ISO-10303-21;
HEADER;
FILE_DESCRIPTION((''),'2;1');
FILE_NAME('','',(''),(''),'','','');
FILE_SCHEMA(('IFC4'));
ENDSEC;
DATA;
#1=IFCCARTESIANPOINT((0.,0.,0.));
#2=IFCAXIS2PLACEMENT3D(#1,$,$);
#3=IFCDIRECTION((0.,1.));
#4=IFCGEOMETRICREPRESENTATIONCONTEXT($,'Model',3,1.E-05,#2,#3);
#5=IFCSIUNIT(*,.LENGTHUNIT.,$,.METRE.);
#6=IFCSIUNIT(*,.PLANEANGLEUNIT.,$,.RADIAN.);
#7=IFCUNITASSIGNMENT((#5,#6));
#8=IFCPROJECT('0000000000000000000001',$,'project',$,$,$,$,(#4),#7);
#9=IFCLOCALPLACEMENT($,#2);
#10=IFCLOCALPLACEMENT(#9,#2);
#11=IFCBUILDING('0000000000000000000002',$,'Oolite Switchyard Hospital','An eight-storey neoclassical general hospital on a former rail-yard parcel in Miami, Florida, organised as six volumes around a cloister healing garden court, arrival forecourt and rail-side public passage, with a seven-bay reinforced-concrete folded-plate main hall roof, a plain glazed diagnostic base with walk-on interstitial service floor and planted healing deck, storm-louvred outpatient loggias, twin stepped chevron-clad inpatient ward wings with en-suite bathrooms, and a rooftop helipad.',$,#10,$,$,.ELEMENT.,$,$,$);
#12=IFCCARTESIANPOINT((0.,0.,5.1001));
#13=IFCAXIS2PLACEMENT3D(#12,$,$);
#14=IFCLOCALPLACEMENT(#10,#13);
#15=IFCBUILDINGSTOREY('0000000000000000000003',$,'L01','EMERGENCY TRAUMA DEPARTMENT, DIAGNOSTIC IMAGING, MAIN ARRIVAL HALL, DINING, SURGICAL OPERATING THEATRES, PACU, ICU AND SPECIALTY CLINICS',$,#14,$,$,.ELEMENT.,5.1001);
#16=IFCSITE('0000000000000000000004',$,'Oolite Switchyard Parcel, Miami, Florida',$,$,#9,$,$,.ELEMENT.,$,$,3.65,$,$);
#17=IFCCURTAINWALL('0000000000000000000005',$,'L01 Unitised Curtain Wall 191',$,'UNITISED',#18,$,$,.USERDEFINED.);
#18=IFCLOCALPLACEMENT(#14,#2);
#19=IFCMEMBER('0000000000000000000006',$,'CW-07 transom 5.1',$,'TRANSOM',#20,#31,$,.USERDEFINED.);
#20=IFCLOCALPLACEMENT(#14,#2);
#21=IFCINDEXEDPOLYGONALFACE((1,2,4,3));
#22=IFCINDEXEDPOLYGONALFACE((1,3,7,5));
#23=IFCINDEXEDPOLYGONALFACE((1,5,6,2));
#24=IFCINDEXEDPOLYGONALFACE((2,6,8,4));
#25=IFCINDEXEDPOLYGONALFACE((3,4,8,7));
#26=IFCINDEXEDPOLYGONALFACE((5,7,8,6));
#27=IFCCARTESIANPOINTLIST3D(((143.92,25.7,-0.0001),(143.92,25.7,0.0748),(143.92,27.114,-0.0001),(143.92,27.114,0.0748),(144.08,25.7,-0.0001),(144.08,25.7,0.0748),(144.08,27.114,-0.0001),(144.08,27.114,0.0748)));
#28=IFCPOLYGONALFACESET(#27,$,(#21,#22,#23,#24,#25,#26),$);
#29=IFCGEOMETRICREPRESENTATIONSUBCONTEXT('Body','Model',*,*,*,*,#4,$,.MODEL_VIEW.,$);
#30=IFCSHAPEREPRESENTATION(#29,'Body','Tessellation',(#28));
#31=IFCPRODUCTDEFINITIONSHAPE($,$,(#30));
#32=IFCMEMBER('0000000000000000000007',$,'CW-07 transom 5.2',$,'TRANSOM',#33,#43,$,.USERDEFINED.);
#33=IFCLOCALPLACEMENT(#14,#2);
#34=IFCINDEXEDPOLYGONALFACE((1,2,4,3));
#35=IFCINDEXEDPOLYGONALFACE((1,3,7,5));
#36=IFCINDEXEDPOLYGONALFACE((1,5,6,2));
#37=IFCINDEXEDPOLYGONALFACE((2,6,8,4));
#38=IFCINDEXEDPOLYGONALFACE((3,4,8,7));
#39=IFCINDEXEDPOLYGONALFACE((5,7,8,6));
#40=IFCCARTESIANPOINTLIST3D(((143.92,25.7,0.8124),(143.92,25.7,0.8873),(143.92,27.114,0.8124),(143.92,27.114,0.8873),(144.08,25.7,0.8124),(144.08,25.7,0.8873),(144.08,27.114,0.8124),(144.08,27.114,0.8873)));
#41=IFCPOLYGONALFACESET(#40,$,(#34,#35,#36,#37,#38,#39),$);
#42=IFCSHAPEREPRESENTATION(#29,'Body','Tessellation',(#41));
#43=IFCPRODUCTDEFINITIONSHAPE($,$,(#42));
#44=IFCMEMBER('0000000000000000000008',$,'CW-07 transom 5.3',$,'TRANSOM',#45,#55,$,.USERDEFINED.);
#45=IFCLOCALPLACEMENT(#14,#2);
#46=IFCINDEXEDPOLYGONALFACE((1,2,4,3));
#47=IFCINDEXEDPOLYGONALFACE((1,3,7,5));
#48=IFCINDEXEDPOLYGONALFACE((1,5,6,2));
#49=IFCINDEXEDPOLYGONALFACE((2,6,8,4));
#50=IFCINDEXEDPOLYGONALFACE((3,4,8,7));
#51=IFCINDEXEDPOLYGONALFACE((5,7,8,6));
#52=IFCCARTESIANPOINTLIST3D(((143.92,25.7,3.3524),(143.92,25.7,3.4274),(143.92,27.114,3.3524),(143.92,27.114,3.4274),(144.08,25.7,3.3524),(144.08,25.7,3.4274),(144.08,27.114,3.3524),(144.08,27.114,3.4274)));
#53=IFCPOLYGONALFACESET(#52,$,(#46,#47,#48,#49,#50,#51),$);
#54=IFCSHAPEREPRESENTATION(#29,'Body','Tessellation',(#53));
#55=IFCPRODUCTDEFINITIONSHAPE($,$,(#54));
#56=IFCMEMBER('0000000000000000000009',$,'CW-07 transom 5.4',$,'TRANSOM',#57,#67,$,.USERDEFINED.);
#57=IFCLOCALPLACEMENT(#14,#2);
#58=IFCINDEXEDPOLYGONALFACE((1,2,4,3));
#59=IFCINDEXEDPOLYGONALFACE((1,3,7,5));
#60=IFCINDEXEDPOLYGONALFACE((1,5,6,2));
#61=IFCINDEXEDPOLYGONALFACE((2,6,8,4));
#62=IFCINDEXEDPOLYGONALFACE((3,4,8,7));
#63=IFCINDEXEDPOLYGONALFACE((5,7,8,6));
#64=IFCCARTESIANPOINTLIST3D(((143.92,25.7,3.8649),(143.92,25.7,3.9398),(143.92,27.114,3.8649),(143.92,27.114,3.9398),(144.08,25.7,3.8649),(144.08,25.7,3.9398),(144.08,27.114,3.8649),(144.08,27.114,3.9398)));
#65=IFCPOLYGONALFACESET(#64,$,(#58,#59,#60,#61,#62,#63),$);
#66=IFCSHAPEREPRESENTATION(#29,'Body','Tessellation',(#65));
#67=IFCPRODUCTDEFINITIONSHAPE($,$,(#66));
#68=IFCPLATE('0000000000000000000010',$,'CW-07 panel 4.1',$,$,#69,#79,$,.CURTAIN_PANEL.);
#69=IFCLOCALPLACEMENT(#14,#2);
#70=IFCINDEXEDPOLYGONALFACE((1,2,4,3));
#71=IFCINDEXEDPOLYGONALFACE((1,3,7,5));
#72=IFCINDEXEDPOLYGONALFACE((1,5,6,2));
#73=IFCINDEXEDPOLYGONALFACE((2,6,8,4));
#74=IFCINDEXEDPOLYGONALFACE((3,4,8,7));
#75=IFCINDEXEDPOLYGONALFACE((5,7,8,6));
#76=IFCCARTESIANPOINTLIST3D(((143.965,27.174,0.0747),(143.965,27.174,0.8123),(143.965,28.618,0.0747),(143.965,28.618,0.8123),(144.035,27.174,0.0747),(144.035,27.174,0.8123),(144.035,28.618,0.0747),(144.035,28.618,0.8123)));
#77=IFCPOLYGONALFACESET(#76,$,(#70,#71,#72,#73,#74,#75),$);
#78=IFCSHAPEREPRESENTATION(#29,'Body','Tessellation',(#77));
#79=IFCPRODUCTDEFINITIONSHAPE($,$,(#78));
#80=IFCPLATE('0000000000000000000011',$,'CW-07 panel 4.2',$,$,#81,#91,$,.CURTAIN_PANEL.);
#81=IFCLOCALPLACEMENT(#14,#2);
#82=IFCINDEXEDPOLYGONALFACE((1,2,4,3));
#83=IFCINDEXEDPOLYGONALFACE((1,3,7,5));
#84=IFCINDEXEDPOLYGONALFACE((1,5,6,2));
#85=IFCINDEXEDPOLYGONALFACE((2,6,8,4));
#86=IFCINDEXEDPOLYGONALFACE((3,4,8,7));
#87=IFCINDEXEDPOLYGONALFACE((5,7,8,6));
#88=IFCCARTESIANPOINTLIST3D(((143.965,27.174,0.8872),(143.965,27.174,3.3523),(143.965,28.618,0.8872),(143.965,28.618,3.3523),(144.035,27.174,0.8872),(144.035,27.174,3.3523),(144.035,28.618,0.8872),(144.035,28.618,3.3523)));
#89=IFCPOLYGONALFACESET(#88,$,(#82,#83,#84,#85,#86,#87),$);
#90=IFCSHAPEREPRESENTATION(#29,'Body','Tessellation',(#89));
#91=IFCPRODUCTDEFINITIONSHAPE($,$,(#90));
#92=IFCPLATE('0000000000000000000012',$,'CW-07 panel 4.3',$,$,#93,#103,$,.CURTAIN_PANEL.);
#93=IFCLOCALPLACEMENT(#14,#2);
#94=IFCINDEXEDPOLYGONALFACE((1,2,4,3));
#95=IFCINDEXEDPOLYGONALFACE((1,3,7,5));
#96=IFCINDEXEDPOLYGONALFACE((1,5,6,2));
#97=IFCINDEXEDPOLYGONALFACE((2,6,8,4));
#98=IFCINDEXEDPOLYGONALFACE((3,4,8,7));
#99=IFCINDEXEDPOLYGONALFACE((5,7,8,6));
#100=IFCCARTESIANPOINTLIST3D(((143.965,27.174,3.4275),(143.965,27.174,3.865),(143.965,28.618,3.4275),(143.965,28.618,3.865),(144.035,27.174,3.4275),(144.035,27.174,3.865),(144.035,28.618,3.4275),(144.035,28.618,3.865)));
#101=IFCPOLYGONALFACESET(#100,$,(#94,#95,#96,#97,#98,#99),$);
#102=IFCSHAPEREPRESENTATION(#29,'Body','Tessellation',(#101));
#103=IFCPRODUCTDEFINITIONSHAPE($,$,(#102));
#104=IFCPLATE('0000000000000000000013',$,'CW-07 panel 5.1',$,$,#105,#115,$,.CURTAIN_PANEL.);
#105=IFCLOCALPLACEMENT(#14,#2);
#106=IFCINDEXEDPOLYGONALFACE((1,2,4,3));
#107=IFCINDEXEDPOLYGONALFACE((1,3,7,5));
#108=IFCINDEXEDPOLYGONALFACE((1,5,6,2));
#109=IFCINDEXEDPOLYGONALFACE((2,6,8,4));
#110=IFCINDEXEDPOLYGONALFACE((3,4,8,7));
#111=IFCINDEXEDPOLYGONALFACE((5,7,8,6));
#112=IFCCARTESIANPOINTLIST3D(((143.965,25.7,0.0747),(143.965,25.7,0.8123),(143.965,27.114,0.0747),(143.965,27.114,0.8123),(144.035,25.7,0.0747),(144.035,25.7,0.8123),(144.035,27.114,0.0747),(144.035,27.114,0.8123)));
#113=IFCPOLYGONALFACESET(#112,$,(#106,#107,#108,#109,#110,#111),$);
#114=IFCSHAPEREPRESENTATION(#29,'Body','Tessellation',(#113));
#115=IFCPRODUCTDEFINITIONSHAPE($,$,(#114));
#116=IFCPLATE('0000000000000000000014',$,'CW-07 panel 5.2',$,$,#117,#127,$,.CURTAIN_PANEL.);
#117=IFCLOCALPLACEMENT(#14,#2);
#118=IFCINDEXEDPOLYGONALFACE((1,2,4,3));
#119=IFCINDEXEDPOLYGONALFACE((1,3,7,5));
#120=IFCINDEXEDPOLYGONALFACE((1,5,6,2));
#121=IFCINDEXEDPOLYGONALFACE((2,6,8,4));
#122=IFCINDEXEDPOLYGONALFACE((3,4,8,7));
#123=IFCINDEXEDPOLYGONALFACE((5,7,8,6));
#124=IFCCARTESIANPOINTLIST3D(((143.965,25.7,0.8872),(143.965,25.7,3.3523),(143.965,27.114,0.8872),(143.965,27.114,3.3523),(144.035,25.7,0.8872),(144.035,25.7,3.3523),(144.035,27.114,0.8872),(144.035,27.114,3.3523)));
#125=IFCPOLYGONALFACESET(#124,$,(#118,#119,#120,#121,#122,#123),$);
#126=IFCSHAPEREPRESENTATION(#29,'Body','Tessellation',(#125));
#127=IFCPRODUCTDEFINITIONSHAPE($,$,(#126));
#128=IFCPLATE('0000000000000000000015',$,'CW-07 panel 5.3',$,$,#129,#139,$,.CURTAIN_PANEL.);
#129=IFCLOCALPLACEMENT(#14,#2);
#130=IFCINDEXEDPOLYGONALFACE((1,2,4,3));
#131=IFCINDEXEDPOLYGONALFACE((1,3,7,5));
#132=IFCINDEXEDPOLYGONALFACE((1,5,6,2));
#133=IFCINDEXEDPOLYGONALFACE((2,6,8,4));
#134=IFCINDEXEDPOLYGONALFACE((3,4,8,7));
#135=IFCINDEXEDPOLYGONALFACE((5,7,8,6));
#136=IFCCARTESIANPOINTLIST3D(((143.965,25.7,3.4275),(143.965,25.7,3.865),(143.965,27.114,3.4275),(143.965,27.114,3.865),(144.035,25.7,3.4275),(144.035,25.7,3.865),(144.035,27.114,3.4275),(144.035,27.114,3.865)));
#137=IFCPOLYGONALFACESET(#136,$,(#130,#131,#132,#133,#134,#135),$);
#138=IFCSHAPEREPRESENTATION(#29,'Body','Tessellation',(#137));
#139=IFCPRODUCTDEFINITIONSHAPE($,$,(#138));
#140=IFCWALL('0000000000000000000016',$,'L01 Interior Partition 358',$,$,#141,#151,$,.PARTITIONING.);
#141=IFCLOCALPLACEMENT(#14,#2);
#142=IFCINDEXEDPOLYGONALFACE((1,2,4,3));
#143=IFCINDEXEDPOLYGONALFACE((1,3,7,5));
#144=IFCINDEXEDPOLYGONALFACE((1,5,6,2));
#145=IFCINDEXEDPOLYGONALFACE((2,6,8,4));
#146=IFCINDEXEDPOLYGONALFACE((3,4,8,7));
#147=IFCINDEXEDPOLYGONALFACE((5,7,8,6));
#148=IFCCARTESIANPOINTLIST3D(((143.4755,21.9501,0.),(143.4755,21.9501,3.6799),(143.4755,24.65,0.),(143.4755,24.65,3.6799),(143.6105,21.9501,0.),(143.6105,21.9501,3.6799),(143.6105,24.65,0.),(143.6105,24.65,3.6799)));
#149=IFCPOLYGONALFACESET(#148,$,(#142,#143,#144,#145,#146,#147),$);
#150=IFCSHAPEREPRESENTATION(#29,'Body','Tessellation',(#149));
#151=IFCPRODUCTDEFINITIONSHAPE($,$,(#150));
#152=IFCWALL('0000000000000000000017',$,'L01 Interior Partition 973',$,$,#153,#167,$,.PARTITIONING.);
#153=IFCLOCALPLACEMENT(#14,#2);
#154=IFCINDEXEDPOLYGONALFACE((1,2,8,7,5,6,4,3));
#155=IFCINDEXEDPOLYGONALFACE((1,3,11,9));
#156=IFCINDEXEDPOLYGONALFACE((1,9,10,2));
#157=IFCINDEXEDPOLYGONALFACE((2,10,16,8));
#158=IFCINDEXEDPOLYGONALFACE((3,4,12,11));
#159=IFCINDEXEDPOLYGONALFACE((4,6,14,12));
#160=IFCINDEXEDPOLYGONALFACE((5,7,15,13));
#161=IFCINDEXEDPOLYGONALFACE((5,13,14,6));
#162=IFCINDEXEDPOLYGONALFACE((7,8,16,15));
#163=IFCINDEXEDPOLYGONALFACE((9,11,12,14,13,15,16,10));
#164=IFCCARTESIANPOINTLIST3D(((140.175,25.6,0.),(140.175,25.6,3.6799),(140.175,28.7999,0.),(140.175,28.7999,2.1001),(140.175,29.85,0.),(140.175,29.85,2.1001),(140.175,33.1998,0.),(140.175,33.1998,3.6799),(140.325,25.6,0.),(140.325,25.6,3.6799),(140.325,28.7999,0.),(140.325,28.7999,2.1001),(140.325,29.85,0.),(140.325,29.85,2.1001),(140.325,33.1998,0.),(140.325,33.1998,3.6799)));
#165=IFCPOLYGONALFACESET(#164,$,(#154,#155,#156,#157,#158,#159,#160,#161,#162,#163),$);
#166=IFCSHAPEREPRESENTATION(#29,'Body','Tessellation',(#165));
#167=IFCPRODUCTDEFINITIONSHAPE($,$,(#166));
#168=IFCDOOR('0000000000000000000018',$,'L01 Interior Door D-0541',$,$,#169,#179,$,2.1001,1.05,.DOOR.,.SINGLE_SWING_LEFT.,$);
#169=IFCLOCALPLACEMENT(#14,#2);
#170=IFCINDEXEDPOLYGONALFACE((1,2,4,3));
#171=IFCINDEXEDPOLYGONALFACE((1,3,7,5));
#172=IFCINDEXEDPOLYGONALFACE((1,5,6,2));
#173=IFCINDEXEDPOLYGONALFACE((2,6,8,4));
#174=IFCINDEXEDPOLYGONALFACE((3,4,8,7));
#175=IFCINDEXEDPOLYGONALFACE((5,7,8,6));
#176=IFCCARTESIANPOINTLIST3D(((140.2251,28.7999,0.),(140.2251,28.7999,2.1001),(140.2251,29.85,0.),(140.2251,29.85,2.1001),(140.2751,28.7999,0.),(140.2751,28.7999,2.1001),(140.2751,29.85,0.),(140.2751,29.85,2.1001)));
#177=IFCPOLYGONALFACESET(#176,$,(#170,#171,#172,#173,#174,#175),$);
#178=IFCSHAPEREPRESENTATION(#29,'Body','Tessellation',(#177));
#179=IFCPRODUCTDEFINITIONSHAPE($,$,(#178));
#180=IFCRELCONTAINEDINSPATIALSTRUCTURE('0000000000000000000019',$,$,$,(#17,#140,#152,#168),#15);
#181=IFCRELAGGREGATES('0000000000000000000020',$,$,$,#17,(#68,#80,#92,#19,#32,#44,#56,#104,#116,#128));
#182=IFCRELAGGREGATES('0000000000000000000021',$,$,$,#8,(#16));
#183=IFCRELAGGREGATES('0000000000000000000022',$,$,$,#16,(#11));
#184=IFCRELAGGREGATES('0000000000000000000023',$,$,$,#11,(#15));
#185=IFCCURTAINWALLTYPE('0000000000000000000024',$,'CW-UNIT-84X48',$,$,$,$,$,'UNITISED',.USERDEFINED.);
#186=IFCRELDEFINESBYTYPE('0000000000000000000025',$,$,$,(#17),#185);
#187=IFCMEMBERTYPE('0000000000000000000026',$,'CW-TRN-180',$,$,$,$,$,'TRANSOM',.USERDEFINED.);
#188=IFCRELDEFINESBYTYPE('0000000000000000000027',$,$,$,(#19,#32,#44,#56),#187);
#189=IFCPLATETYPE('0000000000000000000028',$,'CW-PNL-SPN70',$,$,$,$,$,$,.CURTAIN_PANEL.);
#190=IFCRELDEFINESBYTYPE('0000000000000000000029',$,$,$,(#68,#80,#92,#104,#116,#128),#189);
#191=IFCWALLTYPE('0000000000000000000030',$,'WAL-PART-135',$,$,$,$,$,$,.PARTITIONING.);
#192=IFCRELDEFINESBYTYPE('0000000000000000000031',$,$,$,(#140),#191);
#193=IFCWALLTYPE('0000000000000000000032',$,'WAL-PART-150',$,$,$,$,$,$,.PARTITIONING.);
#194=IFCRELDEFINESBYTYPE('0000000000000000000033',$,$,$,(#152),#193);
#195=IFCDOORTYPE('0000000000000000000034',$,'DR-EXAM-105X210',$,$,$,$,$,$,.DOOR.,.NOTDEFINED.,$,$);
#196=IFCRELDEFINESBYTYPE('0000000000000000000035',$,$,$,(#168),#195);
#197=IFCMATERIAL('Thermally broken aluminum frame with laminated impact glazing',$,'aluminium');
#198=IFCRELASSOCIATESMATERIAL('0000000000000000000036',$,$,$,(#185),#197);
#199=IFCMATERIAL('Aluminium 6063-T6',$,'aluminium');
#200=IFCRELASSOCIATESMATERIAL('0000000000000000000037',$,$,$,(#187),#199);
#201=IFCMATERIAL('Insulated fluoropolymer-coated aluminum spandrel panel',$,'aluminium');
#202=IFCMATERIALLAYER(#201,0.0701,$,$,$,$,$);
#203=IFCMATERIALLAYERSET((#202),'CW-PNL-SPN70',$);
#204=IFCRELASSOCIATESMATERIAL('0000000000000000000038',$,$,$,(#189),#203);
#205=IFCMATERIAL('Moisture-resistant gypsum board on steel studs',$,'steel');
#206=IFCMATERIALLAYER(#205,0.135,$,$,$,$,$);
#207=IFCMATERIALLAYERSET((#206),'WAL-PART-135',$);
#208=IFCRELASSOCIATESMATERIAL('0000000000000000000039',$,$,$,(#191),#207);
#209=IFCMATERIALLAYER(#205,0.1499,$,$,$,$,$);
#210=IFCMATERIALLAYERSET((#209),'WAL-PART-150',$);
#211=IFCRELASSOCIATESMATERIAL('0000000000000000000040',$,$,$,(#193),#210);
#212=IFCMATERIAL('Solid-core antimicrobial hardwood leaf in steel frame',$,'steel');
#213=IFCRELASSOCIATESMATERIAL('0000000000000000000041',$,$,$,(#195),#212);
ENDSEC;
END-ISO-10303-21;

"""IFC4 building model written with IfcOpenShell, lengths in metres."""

from ifc_helpers import new_model, si_unit, direction, frame, frame_2d, origin, origin_2d, place, context, subcontext, project, spatial, rectangle, extrude, material, layer, layer_set, material_profile, profile_set, type_object, element, fill, aggregate, save


model = new_model("IFC4")

# Units and contexts
model_context = context("Model", 3, precision=1e-05, world=origin(), true_north=direction((0.0, 1.0)))
body_context = subcontext(model_context, "Body", "Model", "MODEL_VIEW")
ifc_project = project(units=[si_unit("LENGTHUNIT", "METRE"), si_unit("PLANEANGLEUNIT", "RADIAN")], contexts=[model_context])

# Site, building, storey
site_placement = place(None, origin())
site = spatial("IfcSite", under=ifc_project, at=site_placement, Name="Oolite Switchyard Parcel, Miami, Florida", CompositionType="ELEMENT", RefElevation=3.65)
building_placement = place(site_placement, origin())
building = spatial("IfcBuilding", under=site, at=building_placement, Name="Oolite Switchyard Hospital", Description="An eight-storey neoclassical general hospital on a former rail-yard parcel in Miami, Florida, organised as six volumes around a cloister healing garden court, arrival forecourt and rail-side public passage, with a seven-bay reinforced-concrete folded-plate main hall roof, a plain glazed diagnostic base with walk-on interstitial service floor and planted healing deck, storm-louvred outpatient loggias, twin stepped chevron-clad inpatient ward wings with en-suite bathrooms, and a rooftop helipad.", CompositionType="ELEMENT")
storey_placement = place(building_placement, frame((0.0, 0.0, 5.1001)))
storey = spatial("IfcBuildingStorey", under=building, at=storey_placement, Name="L01", Description="EMERGENCY TRAUMA DEPARTMENT, DIAGNOSTIC IMAGING, MAIN ARRIVAL HALL, DINING, SURGICAL OPERATING THEATRES, PACU, ICU AND SPECIALTY CLINICS", CompositionType="ELEMENT", Elevation=5.1001)

# Curtain wall, members, plates
ifc_material_1 = material(Name="Thermally broken aluminum frame with laminated impact glazing", Category="aluminium")
curtain_wall_type = type_object("IfcCurtainWallType", Name="CW-UNIT-84X48", ElementType="UNITISED", PredefinedType="USERDEFINED", material=ifc_material_1)
curtain_wall_placement = place(storey_placement, origin())
curtain_wall = element("IfcCurtainWall", 1, at=curtain_wall_placement, inside=storey, type_object=curtain_wall_type, Name="L01 Unitised Curtain Wall 191", ObjectType="UNITISED", PredefinedType="USERDEFINED")
ifc_material_2 = material(Name="Aluminium 6063-T6", Category="aluminium")
ifc_material_profile_1 = material_profile(ifc_material_2, rectangle(XDim=0.1599, YDim=0.075, at=origin_2d()), Name="CWT75X160")
ifc_profile_set_1 = profile_set([ifc_material_profile_1], Name="Aluminium 6063-T6")
member_type_1 = type_object("IfcMemberType", Name="CW-TRN-180", ElementType="TRANSOM", PredefinedType="USERDEFINED", material=ifc_profile_set_1)
member_1_placement = place(storey_placement, frame((144.0, 27.114, 0.0374), z_axis=(0.0, -1.0, 0.0), x_axis=(1.0, 0.0, 0.0)))
member_1 = element("IfcMember", 2, at=member_1_placement, type_object=member_type_1, Name="CW-07 transom 5.1", ObjectType="TRANSOM", PredefinedType="USERDEFINED", context=body_context, shape_type="SweptSolid", body=[
    extrude(rectangle(XDim=0.1599, YDim=0.075, at=origin_2d()), origin(), (0.0, 0.0, 1.0), 1.4141),
])
member_2_placement = place(storey_placement, frame((144.0, 27.114, 0.8499), z_axis=(0.0, -1.0, 0.0), x_axis=(1.0, 0.0, 0.0)))
member_2 = element("IfcMember", 3, at=member_2_placement, type_object=member_type_1, Name="CW-07 transom 5.2", ObjectType="TRANSOM", PredefinedType="USERDEFINED", context=body_context, shape_type="SweptSolid", body=[
    extrude(rectangle(XDim=0.1599, YDim=0.075, at=origin_2d()), origin(), (0.0, 0.0, 1.0), 1.4141),
])
member_3_placement = place(storey_placement, frame((144.0, 27.114, 3.3899), z_axis=(0.0, -1.0, 0.0), x_axis=(1.0, 0.0, 0.0)))
member_3 = element("IfcMember", 4, at=member_3_placement, type_object=member_type_1, Name="CW-07 transom 5.3", ObjectType="TRANSOM", PredefinedType="USERDEFINED", context=body_context, shape_type="SweptSolid", body=[
    extrude(rectangle(XDim=0.1599, YDim=0.075, at=origin_2d()), origin(), (0.0, 0.0, 1.0), 1.4141),
])
member_4_placement = place(storey_placement, frame((144.0, 27.114, 3.9023), z_axis=(0.0, -1.0, 0.0), x_axis=(1.0, 0.0, 0.0)))
member_4 = element("IfcMember", 5, at=member_4_placement, type_object=member_type_1, Name="CW-07 transom 5.4", ObjectType="TRANSOM", PredefinedType="USERDEFINED", context=body_context, shape_type="SweptSolid", body=[
    extrude(rectangle(XDim=0.1599, YDim=0.075, at=origin_2d()), origin(), (0.0, 0.0, 1.0), 1.4141),
])
ifc_material_3 = material(Name="Insulated fluoropolymer-coated aluminum spandrel panel", Category="aluminium")
ifc_layer_1 = layer(ifc_material_3, 0.0701)
ifc_layer_set_1 = layer_set([ifc_layer_1], Name="CW-PNL-SPN70")
plate_type = type_object("IfcPlateType", Name="CW-PNL-SPN70", PredefinedType="CURTAIN_PANEL", material=ifc_layer_set_1)
plate_1_placement = place(storey_placement, frame((144.0, 27.896, 0.0747), z_axis=(0.0, 0.0, 1.0), x_axis=(0.0, -1.0, 0.0)))
plate_1 = element("IfcPlate", 6, at=plate_1_placement, type_object=plate_type, Name="CW-07 panel 4.1", PredefinedType="CURTAIN_PANEL", context=body_context, shape_type="SweptSolid", body=[
    extrude(rectangle(XDim=1.4441, YDim=0.0701, at=origin_2d()), origin(), (0.0, 0.0, 1.0), 0.7375),
])
plate_2_placement = place(storey_placement, frame((144.0, 27.896, 0.8872), z_axis=(0.0, 0.0, 1.0), x_axis=(0.0, -1.0, 0.0)))
plate_2 = element("IfcPlate", 7, at=plate_2_placement, type_object=plate_type, Name="CW-07 panel 4.2", PredefinedType="CURTAIN_PANEL", context=body_context, shape_type="SweptSolid", body=[
    extrude(rectangle(XDim=1.4441, YDim=0.0701, at=origin_2d()), origin(), (0.0, 0.0, 1.0), 2.4651),
])
plate_3_placement = place(storey_placement, frame((144.0, 27.896, 3.4275), z_axis=(0.0, 0.0, 1.0), x_axis=(0.0, -1.0, 0.0)))
plate_3 = element("IfcPlate", 8, at=plate_3_placement, type_object=plate_type, Name="CW-07 panel 4.3", PredefinedType="CURTAIN_PANEL", context=body_context, shape_type="SweptSolid", body=[
    extrude(rectangle(XDim=1.4441, YDim=0.0701, at=origin_2d()), origin(), (0.0, 0.0, 1.0), 0.4375),
])
plate_4_placement = place(storey_placement, frame((144.0, 26.407, 0.0747), z_axis=(0.0, 0.0, 1.0), x_axis=(0.0, -1.0, 0.0)))
plate_4 = element("IfcPlate", 9, at=plate_4_placement, type_object=plate_type, Name="CW-07 panel 5.1", PredefinedType="CURTAIN_PANEL", context=body_context, shape_type="SweptSolid", body=[
    extrude(rectangle(XDim=1.4141, YDim=0.0701, at=origin_2d()), origin(), (0.0, 0.0, 1.0), 0.7375),
])
plate_5_placement = place(storey_placement, frame((144.0, 26.407, 0.8872), z_axis=(0.0, 0.0, 1.0), x_axis=(0.0, -1.0, 0.0)))
plate_5 = element("IfcPlate", 10, at=plate_5_placement, type_object=plate_type, Name="CW-07 panel 5.2", PredefinedType="CURTAIN_PANEL", context=body_context, shape_type="SweptSolid", body=[
    extrude(rectangle(XDim=1.4141, YDim=0.0701, at=origin_2d()), origin(), (0.0, 0.0, 1.0), 2.4651),
])
plate_6_placement = place(storey_placement, frame((144.0, 26.407, 3.4275), z_axis=(0.0, 0.0, 1.0), x_axis=(0.0, -1.0, 0.0)))
plate_6 = element("IfcPlate", 11, at=plate_6_placement, type_object=plate_type, Name="CW-07 panel 5.3", PredefinedType="CURTAIN_PANEL", context=body_context, shape_type="SweptSolid", body=[
    extrude(rectangle(XDim=1.4141, YDim=0.0701, at=origin_2d()), origin(), (0.0, 0.0, 1.0), 0.4375),
])
aggregate(curtain_wall, [plate_1, plate_2, plate_3, member_1, member_2, member_3, member_4, plate_4, plate_5, plate_6])

# Wall
ifc_material_4 = material(Name="Moisture-resistant gypsum board on steel studs", Category="steel")
ifc_layer_2 = layer(ifc_material_4, 0.135)
ifc_layer_set_2 = layer_set([ifc_layer_2], Name="WAL-PART-135")
wall_type_1 = type_object("IfcWallType", Name="WAL-PART-135", PredefinedType="PARTITIONING", material=ifc_layer_set_2)
wall_1_placement = place(storey_placement, frame((143.543, 21.95, 0.0), z_axis=(0.0, 0.0, 1.0), x_axis=(0.0, 1.0, 0.0)))
element("IfcWall", 12, at=wall_1_placement, inside=storey, type_object=wall_type_1, Name="L01 Interior Partition 358", PredefinedType="PARTITIONING", context=body_context, shape_type="SweptSolid", body=[
    extrude(rectangle(XDim=2.7, YDim=0.135, at=frame_2d((1.3501, 0.0))), origin(), (0.0, 0.0, 1.0), 3.6799),
])

# Wall, opening, door
ifc_layer_3 = layer(ifc_material_4, 0.1499)
ifc_layer_set_3 = layer_set([ifc_layer_3], Name="WAL-PART-150")
wall_type_2 = type_object("IfcWallType", Name="WAL-PART-150", PredefinedType="PARTITIONING", material=ifc_layer_set_3)
wall_2_placement = place(storey_placement, frame((140.25, 25.6001, 0.0), z_axis=(0.0, 0.0, 1.0), x_axis=(0.0, 1.0, 0.0)))
wall_2 = element("IfcWall", 13, at=wall_2_placement, inside=storey, type_object=wall_type_2, Name="L01 Interior Partition 973", PredefinedType="PARTITIONING", context=body_context, shape_type="SweptSolid", body=[
    extrude(rectangle(XDim=7.5999, YDim=0.1499, at=frame_2d((3.7998, 0.0))), origin(), (0.0, 0.0, 1.0), 3.6799),
])
opening_1_placement = place(wall_2_placement, frame((3.2, 0.0, 0.0)))
opening_1 = element("IfcOpeningElement", 14, at=opening_1_placement, cuts=wall_2, PredefinedType="OPENING", context=body_context, shape_type="SweptSolid", body=[
    extrude(rectangle(XDim=1.05, YDim=2.1001, at=frame_2d((0.5249, 1.05))), frame((0.0, 0.085, 0.0), z_axis=(0.0, -1.0, 0.0), x_axis=(1.0, 0.0, 0.0)), (0.0, 0.0, 1.0), 0.1699),
])
ifc_material_5 = material(Name="Solid-core antimicrobial hardwood leaf in steel frame", Category="steel")
door_type_1 = type_object("IfcDoorType", Name="DR-EXAM-105X210", OperationType="NOTDEFINED", PredefinedType="DOOR", material=ifc_material_5)
door_1_placement = place(opening_1_placement, origin())
door_1 = element("IfcDoor", 15, at=door_1_placement, inside=storey, type_object=door_type_1, Name="L01 Interior Door D-0541", OperationType="SINGLE_SWING_LEFT", OverallHeight=2.1001, OverallWidth=1.05, PredefinedType="DOOR", context=body_context, shape_type="SweptSolid", body=[
    extrude(rectangle(XDim=1.05, YDim=2.1001, at=frame_2d((0.5249, 1.05))), frame((0.0, 0.0249, 0.0), z_axis=(0.0, -1.0, 0.0), x_axis=(1.0, 0.0, 0.0)), (0.0, 0.0, 1.0), 0.05),
])
fill(opening_1, door_1)

save(model, "model.ifc")
